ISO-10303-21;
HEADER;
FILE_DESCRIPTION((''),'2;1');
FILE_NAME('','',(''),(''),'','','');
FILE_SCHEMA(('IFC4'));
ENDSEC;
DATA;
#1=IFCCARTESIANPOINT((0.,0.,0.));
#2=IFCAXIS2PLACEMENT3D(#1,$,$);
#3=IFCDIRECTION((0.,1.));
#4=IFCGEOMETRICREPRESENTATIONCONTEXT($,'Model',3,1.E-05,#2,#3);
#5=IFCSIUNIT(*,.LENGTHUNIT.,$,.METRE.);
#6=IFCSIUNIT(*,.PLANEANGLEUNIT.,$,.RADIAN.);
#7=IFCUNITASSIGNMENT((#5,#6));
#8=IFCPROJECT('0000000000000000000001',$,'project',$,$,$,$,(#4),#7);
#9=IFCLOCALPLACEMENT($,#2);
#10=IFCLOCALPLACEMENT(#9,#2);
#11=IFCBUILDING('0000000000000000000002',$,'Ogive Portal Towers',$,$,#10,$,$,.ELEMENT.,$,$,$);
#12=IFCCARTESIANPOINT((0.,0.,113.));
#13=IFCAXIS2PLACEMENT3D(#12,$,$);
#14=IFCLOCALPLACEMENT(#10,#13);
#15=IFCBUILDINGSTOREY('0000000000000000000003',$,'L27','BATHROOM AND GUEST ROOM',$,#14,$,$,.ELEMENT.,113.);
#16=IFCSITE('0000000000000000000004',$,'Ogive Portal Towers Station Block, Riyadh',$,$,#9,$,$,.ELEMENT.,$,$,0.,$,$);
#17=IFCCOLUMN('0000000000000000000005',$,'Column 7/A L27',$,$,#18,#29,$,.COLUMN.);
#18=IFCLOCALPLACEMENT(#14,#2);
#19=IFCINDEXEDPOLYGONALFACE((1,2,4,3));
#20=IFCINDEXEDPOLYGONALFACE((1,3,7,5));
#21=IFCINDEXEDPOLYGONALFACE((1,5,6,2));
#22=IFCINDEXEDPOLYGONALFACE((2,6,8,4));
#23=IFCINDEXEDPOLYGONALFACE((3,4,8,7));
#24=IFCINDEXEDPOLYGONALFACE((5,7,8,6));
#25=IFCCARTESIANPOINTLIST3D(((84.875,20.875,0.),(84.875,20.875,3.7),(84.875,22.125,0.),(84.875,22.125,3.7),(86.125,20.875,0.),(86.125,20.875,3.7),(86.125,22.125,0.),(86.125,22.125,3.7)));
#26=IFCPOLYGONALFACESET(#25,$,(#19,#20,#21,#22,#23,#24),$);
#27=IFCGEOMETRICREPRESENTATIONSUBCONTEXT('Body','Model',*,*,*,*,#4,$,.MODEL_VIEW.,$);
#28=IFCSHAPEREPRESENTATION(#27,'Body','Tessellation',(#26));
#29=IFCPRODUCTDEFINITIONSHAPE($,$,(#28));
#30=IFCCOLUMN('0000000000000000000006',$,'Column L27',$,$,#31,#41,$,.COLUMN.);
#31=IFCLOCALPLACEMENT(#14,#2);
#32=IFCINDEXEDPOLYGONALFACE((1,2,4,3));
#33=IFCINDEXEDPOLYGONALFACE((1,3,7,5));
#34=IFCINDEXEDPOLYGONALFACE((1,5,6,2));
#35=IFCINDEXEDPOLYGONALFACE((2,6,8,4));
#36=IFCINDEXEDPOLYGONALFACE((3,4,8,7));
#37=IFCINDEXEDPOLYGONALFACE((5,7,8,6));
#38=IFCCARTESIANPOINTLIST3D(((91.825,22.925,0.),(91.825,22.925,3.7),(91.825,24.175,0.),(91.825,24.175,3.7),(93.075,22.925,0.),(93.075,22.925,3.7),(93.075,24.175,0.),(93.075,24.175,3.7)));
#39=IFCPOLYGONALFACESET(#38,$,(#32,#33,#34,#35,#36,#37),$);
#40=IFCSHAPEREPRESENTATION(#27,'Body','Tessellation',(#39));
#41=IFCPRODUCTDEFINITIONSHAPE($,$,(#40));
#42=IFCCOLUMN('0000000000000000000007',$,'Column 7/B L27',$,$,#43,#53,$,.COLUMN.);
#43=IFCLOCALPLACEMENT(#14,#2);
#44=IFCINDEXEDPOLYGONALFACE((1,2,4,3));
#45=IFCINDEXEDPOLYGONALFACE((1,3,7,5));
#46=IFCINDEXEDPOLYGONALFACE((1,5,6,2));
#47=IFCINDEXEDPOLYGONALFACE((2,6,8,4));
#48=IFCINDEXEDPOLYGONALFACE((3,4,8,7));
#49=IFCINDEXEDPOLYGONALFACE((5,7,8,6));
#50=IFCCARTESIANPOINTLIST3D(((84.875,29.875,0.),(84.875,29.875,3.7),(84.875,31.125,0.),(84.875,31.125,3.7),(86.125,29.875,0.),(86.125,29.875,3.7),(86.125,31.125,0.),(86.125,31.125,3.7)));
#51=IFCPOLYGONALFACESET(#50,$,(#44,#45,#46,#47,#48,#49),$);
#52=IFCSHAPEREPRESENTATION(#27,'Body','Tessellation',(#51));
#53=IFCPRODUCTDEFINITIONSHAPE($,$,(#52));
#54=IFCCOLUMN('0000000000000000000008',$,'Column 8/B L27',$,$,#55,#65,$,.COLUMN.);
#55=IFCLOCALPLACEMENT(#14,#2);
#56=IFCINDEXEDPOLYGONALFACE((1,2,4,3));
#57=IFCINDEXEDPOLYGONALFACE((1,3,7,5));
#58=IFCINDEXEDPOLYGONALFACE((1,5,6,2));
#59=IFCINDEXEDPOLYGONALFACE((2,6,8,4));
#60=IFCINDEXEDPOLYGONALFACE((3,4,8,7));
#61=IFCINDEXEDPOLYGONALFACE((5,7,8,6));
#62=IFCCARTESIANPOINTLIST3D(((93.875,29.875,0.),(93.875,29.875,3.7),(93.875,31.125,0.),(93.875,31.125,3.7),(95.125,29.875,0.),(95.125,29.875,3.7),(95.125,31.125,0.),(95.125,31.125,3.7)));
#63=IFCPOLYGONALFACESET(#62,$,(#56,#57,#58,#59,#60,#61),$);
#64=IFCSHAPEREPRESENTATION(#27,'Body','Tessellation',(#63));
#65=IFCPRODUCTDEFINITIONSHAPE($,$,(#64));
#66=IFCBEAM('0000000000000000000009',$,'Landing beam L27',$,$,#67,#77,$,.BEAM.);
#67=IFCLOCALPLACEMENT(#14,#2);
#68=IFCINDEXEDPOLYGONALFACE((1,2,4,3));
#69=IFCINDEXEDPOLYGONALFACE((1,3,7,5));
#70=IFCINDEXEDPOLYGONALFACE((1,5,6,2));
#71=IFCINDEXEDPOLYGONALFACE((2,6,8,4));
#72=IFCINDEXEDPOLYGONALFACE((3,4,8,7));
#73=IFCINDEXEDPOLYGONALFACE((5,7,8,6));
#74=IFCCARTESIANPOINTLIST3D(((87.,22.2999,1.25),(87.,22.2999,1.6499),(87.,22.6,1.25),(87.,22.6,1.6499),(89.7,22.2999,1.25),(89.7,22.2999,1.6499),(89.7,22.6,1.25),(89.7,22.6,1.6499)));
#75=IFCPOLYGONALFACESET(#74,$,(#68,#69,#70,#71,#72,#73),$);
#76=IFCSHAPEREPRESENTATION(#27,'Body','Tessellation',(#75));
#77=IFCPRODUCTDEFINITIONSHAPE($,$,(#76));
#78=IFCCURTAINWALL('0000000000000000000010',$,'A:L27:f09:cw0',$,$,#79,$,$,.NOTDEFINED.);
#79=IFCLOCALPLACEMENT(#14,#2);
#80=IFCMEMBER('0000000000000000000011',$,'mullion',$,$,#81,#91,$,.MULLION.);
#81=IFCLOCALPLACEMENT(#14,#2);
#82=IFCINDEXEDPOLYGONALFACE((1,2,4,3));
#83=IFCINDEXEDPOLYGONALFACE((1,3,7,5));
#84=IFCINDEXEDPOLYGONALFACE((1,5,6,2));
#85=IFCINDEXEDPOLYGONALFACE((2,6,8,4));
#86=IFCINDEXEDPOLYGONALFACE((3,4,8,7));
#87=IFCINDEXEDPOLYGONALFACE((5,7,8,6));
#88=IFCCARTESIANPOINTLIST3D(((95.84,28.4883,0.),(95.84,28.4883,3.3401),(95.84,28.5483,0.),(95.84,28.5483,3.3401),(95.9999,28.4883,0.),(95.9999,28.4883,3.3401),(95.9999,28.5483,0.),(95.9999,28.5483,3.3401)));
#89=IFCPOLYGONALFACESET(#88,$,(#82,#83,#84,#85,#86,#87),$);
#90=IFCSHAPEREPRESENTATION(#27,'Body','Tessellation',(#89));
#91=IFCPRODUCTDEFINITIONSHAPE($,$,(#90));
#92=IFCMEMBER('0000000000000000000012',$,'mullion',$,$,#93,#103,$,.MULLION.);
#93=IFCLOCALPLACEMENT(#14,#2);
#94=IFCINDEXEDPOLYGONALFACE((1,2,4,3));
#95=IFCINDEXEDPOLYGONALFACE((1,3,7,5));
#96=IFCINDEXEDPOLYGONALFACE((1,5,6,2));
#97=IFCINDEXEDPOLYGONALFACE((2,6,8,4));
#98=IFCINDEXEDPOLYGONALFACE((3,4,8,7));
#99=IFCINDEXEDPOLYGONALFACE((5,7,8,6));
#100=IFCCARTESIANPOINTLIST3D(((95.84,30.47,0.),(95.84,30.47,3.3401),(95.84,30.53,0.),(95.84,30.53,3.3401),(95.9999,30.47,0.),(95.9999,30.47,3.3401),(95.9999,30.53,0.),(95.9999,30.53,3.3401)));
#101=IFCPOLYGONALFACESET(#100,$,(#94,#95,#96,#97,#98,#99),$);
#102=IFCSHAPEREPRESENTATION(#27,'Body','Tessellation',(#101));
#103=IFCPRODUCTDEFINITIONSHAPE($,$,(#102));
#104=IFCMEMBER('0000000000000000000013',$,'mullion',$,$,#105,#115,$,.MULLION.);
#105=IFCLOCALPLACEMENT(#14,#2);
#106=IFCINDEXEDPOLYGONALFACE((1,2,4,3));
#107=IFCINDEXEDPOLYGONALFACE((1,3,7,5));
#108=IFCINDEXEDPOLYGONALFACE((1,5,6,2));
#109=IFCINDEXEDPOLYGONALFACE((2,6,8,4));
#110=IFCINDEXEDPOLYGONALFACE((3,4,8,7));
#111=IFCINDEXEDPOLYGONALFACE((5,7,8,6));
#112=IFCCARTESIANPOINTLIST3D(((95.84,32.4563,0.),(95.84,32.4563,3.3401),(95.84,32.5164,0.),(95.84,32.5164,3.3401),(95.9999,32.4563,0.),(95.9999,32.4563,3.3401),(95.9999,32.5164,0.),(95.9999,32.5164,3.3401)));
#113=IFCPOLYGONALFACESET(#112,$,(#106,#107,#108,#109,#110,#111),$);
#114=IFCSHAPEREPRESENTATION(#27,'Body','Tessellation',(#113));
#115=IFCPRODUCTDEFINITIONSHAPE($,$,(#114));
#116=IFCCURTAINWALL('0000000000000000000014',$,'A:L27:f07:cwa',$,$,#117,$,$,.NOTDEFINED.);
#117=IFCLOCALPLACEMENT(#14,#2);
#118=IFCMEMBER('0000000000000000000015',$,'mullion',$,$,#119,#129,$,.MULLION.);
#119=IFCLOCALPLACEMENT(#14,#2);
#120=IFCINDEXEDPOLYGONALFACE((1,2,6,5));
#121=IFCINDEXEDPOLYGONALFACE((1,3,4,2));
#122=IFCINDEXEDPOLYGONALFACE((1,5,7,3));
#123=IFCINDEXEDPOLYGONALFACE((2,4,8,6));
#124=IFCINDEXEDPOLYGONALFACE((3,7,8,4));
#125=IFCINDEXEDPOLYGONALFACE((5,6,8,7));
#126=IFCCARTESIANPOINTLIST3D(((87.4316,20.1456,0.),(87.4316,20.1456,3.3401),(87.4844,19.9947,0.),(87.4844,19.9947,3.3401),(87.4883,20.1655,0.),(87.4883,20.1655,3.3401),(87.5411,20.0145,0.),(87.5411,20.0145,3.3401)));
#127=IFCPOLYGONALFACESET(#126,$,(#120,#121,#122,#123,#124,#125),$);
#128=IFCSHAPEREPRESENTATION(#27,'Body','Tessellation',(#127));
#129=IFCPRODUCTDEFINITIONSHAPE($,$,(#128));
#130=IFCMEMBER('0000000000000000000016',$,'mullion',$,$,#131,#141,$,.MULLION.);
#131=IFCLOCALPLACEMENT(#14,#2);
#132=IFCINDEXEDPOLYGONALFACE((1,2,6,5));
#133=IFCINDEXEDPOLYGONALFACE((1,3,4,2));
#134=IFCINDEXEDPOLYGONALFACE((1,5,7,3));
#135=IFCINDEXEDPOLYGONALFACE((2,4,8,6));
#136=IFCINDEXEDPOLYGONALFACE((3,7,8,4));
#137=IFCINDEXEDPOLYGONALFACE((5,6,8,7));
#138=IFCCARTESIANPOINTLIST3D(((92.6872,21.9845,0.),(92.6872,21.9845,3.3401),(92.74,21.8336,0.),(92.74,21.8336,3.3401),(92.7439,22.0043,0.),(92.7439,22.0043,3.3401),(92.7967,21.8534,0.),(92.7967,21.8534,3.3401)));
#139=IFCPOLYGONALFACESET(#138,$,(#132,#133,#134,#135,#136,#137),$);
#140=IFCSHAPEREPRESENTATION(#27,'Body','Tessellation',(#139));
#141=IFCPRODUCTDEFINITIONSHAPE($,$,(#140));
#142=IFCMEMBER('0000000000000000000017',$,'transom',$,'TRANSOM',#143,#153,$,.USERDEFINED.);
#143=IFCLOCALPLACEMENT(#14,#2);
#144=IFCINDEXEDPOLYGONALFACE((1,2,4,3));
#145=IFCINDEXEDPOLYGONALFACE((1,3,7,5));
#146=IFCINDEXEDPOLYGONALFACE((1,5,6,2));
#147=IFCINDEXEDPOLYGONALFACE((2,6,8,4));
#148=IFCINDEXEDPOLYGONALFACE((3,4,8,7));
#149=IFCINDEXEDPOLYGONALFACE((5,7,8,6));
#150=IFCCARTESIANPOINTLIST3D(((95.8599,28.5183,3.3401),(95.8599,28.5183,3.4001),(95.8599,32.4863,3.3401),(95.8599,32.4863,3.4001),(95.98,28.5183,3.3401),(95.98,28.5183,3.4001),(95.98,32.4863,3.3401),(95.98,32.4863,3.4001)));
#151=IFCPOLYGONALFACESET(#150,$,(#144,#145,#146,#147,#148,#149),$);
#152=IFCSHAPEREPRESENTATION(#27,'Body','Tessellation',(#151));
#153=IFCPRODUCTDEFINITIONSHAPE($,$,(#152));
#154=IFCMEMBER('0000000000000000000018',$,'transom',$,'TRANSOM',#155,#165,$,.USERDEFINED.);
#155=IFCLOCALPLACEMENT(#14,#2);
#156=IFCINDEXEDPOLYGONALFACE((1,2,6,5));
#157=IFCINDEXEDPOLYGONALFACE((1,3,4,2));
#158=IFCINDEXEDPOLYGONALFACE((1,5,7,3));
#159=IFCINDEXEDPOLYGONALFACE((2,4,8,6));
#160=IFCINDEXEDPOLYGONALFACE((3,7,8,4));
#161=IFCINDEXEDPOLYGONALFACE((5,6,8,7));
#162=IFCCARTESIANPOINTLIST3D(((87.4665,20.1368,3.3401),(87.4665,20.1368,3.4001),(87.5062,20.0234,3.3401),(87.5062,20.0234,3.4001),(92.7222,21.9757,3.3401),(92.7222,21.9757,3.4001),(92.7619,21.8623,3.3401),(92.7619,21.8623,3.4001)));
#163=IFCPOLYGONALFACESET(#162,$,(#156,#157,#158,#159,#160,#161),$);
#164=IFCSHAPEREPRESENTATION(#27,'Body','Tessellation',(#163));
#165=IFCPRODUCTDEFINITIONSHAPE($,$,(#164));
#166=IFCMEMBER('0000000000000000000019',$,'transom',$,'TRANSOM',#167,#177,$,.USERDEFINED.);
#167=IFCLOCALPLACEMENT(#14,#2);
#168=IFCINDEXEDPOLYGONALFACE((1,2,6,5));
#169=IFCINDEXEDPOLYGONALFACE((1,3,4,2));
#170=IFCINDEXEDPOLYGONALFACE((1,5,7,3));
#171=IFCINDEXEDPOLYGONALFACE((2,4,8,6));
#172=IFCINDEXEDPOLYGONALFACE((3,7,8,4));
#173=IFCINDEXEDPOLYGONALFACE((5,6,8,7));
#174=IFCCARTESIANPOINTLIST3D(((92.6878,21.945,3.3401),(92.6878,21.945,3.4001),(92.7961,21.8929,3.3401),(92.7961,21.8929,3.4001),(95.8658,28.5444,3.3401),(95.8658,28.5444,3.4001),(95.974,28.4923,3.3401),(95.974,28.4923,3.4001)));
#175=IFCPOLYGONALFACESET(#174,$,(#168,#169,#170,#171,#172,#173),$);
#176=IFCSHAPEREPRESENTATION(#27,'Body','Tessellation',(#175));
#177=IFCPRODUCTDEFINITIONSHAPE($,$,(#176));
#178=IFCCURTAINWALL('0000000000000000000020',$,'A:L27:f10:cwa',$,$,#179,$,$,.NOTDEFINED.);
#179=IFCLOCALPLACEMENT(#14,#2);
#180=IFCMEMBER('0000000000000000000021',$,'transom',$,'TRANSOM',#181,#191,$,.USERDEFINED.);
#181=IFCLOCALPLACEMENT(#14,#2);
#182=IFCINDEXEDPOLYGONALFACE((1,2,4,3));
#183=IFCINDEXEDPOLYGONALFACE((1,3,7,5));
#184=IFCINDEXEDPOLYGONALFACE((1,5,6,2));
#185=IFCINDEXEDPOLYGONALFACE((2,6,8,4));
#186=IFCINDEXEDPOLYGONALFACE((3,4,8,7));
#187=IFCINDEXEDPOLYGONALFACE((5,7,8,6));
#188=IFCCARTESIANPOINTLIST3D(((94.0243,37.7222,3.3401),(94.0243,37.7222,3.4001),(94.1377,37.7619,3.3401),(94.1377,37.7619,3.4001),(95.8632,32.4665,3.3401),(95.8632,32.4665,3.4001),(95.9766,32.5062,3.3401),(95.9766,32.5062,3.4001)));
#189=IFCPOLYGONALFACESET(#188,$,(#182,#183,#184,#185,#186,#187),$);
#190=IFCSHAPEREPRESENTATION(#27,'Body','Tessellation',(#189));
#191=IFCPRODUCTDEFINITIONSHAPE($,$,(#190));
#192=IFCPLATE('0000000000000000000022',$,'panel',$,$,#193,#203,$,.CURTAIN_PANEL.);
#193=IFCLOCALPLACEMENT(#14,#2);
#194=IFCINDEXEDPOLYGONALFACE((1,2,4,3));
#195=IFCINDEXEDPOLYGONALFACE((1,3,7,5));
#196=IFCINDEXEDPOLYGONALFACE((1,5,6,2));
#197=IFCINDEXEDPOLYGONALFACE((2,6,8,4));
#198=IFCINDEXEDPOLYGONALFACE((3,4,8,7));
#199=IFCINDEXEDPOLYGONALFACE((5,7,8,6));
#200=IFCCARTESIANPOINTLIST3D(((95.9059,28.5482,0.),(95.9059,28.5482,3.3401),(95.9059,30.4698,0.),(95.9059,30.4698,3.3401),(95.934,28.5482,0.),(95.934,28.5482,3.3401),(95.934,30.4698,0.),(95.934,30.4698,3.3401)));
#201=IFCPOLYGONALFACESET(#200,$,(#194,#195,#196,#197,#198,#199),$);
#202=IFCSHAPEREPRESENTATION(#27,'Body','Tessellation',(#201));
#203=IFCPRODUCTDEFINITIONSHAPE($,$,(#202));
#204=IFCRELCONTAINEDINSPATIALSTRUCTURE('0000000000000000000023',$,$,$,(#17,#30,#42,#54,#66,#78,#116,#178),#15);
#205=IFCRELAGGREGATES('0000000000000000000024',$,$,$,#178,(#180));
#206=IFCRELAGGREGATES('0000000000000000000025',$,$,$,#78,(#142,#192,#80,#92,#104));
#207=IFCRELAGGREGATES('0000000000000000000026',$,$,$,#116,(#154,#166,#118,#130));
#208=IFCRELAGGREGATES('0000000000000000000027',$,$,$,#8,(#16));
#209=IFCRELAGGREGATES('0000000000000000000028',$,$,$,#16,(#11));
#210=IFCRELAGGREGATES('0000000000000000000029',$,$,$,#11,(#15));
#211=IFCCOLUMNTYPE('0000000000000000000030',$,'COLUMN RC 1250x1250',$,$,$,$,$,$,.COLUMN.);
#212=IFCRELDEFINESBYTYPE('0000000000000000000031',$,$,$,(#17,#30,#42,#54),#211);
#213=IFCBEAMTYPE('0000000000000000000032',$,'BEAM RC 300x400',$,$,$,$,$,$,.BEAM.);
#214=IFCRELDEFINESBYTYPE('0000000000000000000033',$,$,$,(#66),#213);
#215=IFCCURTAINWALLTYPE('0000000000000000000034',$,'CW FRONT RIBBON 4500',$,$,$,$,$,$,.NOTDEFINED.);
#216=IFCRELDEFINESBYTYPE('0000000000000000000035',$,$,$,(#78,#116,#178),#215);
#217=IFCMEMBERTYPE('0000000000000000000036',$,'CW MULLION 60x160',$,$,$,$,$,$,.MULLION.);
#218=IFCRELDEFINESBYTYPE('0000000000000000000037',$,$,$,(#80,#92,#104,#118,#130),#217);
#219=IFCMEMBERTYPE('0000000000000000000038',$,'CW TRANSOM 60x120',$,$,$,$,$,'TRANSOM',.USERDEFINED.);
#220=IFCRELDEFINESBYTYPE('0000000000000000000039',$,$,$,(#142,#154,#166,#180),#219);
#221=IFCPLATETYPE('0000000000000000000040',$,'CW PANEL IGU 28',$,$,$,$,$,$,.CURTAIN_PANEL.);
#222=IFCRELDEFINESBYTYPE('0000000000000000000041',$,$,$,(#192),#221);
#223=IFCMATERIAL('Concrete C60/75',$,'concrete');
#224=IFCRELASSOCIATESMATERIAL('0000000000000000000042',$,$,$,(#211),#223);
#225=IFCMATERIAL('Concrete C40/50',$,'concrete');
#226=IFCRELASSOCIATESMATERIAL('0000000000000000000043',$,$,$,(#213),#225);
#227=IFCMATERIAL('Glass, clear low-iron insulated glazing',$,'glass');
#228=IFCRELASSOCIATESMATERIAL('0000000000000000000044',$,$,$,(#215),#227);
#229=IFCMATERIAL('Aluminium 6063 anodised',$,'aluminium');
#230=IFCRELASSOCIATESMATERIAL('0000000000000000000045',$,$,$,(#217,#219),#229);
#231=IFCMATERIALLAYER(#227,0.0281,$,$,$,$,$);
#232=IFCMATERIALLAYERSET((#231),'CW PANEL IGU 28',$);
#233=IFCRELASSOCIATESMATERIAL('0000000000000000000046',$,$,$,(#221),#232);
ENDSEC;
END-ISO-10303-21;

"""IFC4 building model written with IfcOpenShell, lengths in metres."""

from ifc_helpers import new_model, si_unit, direction, frame, origin, origin_2d, place, context, subcontext, project, spatial, rectangle, extrude, material, layer, layer_set, material_profile, profile_set, type_object, element, aggregate, save


model = new_model("IFC4")

# Units and contexts
model_context = context("Model", 3, precision=1e-05, world=origin(), true_north=direction((0.0, 1.0)))
body_context = subcontext(model_context, "Body", "Model", "MODEL_VIEW")
ifc_project = project(units=[si_unit("LENGTHUNIT", "METRE"), si_unit("PLANEANGLEUNIT", "RADIAN")], contexts=[model_context])

# Site, building, storey
site_placement = place(None, origin())
site = spatial("IfcSite", under=ifc_project, at=site_placement, Name="Ogive Portal Towers Station Block, Riyadh", CompositionType="ELEMENT", RefElevation=0.0)
building_placement = place(site_placement, origin())
building = spatial("IfcBuilding", under=site, at=building_placement, Name="Ogive Portal Towers", CompositionType="ELEMENT")
storey_placement = place(building_placement, frame((0.0, 0.0, 113.0)))
storey = spatial("IfcBuildingStorey", under=building, at=storey_placement, Name="L27", Description="BATHROOM AND GUEST ROOM", CompositionType="ELEMENT", Elevation=113.0)

# Columns
ifc_material_1 = material(Name="Concrete C60/75", Category="concrete")
ifc_material_profile_1 = material_profile(ifc_material_1, rectangle(XDim=1.25, YDim=1.25, at=origin_2d()), Name="RC 1250x1250")
ifc_profile_set_1 = profile_set([ifc_material_profile_1], Name="Concrete C60/75")
column_type = type_object("IfcColumnType", Name="COLUMN RC 1250x1250", PredefinedType="COLUMN", material=ifc_profile_set_1)
for number, where, z_axis, x_axis, name in (
    (1, (85.5, 21.5, 0.0), (0.0, 0.0, 1.0), (1.0, 0.0, 0.0), "Column 7/A L27"),
    (2, (92.45, 23.55, 0.0), (0.0, 0.0, 1.0), (1.0, 0.0, 0.0), "Column L27"),
    (3, (85.5, 30.5, 0.0), (0.0, 0.0, 1.0), (1.0, 0.0, 0.0), "Column 7/B L27"),
    (4, (94.5, 30.5, 0.0), (0.0, 0.0, 1.0), (1.0, 0.0, 0.0), "Column 8/B L27"),
):
    element("IfcColumn", number, at=place(storey_placement, frame(where, z_axis=z_axis, x_axis=x_axis)), inside=storey, type_object=column_type, Name=name, PredefinedType="COLUMN", context=body_context, shape_type="SweptSolid", body=[
        extrude(rectangle(XDim=1.25, YDim=1.25, at=origin_2d()), origin(), (0.0, 0.0, 1.0), 3.7),
    ])

# Beam
ifc_material_2 = material(Name="Concrete C40/50", Category="concrete")
ifc_material_profile_2 = material_profile(ifc_material_2, rectangle(XDim=0.3, YDim=0.3999, at=origin_2d()), Name="RC 300x400")
ifc_profile_set_2 = profile_set([ifc_material_profile_2], Name="Concrete C40/50")
beam_type = type_object("IfcBeamType", Name="BEAM RC 300x400", PredefinedType="BEAM", material=ifc_profile_set_2)
beam_placement = place(storey_placement, frame((87.0, 22.45, 1.45), z_axis=(1.0, 0.0, 0.0), x_axis=(0.0, 1.0, 0.0)))
element("IfcBeam", 5, at=beam_placement, inside=storey, type_object=beam_type, Name="Landing beam L27", PredefinedType="BEAM", context=body_context, shape_type="SweptSolid", body=[
    extrude(rectangle(XDim=0.3, YDim=0.3999, at=origin_2d()), origin(), (0.0, 0.0, 1.0), 2.7),
])

# Curtain walls, members
ifc_material_3 = material(Name="Glass, clear low-iron insulated glazing", Category="glass")
curtain_wall_type = type_object("IfcCurtainWallType", Name="CW FRONT RIBBON 4500", PredefinedType="NOTDEFINED", material=ifc_material_3)
curtain_wall_1_placement = place(storey_placement, origin())
curtain_wall_1 = element("IfcCurtainWall", 6, at=curtain_wall_1_placement, inside=storey, type_object=curtain_wall_type, Name="A:L27:f09:cw0", PredefinedType="NOTDEFINED")
ifc_material_4 = material(Name="Aluminium 6063 anodised", Category="aluminium")
ifc_material_profile_3 = material_profile(ifc_material_4, rectangle(XDim=0.1599, YDim=0.0601, at=origin_2d()), Name="AL 60x160")
ifc_profile_set_3 = profile_set([ifc_material_profile_3], Name="Aluminium 6063 anodised")
member_type_1 = type_object("IfcMemberType", Name="CW MULLION 60x160", PredefinedType="MULLION", material=ifc_profile_set_3)
member_1_placement = place(storey_placement, frame((95.9199, 28.5183, 0.0), z_axis=(0.0, 0.0, 1.0), x_axis=(-1.0, 0.0, 0.0)))
member_1 = element("IfcMember", 7, at=member_1_placement, type_object=member_type_1, Name="mullion", PredefinedType="MULLION", context=body_context, shape_type="SweptSolid", body=[
    extrude(rectangle(XDim=0.1599, YDim=0.0601, at=origin_2d()), origin(), (0.0, 0.0, 1.0), 3.3401),
])
member_2_placement = place(storey_placement, frame((95.9199, 30.5, 0.0), z_axis=(0.0, 0.0, 1.0), x_axis=(-1.0, 0.0, 0.0)))
member_2 = element("IfcMember", 8, at=member_2_placement, type_object=member_type_1, Name="mullion", PredefinedType="MULLION", context=body_context, shape_type="SweptSolid", body=[
    extrude(rectangle(XDim=0.1599, YDim=0.0601, at=origin_2d()), origin(), (0.0, 0.0, 1.0), 3.3401),
])
member_3_placement = place(storey_placement, frame((95.9199, 32.4863, 0.0), z_axis=(0.0, 0.0, 1.0), x_axis=(-1.0, 0.0, 0.0)))
member_3 = element("IfcMember", 9, at=member_3_placement, type_object=member_type_1, Name="mullion", PredefinedType="MULLION", context=body_context, shape_type="SweptSolid", body=[
    extrude(rectangle(XDim=0.1599, YDim=0.0601, at=origin_2d()), origin(), (0.0, 0.0, 1.0), 3.3401),
])
curtain_wall_2_placement = place(storey_placement, origin())
curtain_wall_2 = element("IfcCurtainWall", 10, at=curtain_wall_2_placement, inside=storey, type_object=curtain_wall_type, Name="A:L27:f07:cwa", PredefinedType="NOTDEFINED")
member_4_placement = place(storey_placement, frame((87.4863, 20.0801, 0.0), z_axis=(0.0, 0.0, 1.0), x_axis=(-0.330279, 0.943883, 0.0)))
member_4 = element("IfcMember", 11, at=member_4_placement, type_object=member_type_1, Name="mullion", PredefinedType="MULLION", context=body_context, shape_type="SweptSolid", body=[
    extrude(rectangle(XDim=0.1599, YDim=0.0601, at=origin_2d()), origin(), (0.0, 0.0, 1.0), 3.3401),
])
member_5_placement = place(storey_placement, frame((92.7419, 21.9189, 0.0), z_axis=(0.0, 0.0, 1.0), x_axis=(-0.330279, 0.943883, 0.0)))
member_5 = element("IfcMember", 12, at=member_5_placement, type_object=member_type_1, Name="mullion", PredefinedType="MULLION", context=body_context, shape_type="SweptSolid", body=[
    extrude(rectangle(XDim=0.1599, YDim=0.0601, at=origin_2d()), origin(), (0.0, 0.0, 1.0), 3.3401),
])

# Members
ifc_material_profile_4 = material_profile(ifc_material_4, rectangle(XDim=0.1201, YDim=0.0601, at=origin_2d()), Name="AL 120x60")
ifc_profile_set_4 = profile_set([ifc_material_profile_4], Name="Aluminium 6063 anodised")
member_type_2 = type_object("IfcMemberType", Name="CW TRANSOM 60x120", ElementType="TRANSOM", PredefinedType="USERDEFINED", material=ifc_profile_set_4)
member_6_placement = place(storey_placement, frame((95.9199, 28.5183, 3.3701), z_axis=(0.0, 1.0, 0.0), x_axis=(-1.0, 0.0, 0.0)))
member_6 = element("IfcMember", 13, at=member_6_placement, type_object=member_type_2, Name="transom", ObjectType="TRANSOM", PredefinedType="USERDEFINED", context=body_context, shape_type="SweptSolid", body=[
    extrude(rectangle(XDim=0.1201, YDim=0.0601, at=origin_2d()), origin(), (0.0, 0.0, 1.0), 3.968),
])
member_7_placement = place(storey_placement, frame((87.4863, 20.0801, 3.3701), z_axis=(0.943892, 0.330255, 0.0), x_axis=(-0.330255, 0.943892, 0.0)))
member_7 = element("IfcMember", 14, at=member_7_placement, type_object=member_type_2, Name="transom", ObjectType="TRANSOM", PredefinedType="USERDEFINED", context=body_context, shape_type="SweptSolid", body=[
    extrude(rectangle(XDim=0.1201, YDim=0.0601, at=origin_2d()), origin(), (0.0, 0.0, 1.0), 5.5681),
])
member_8_placement = place(storey_placement, frame((92.7419, 21.9189, 3.3701), z_axis=(0.433872, 0.900975, 0.0), x_axis=(-0.900975, 0.433872, 0.0)))
member_8 = element("IfcMember", 15, at=member_8_placement, type_object=member_type_2, Name="transom", ObjectType="TRANSOM", PredefinedType="USERDEFINED", context=body_context, shape_type="SweptSolid", body=[
    extrude(rectangle(XDim=0.1201, YDim=0.0601, at=origin_2d()), origin(), (0.0, 0.0, 1.0), 7.3247),
])

# Curtain wall, member
curtain_wall_3_placement = place(storey_placement, origin())
curtain_wall_3 = element("IfcCurtainWall", 16, at=curtain_wall_3_placement, inside=storey, type_object=curtain_wall_type, Name="A:L27:f10:cwa", PredefinedType="NOTDEFINED")
member_9_placement = place(storey_placement, frame((95.9199, 32.4863, 3.3701), z_axis=(-0.330255, 0.943892, 0.0), x_axis=(-0.943892, -0.330255, 0.0)))
member_9 = element("IfcMember", 17, at=member_9_placement, type_object=member_type_2, Name="transom", ObjectType="TRANSOM", PredefinedType="USERDEFINED", context=body_context, shape_type="SweptSolid", body=[
    extrude(rectangle(XDim=0.1201, YDim=0.0601, at=origin_2d()), origin(), (0.0, 0.0, 1.0), 5.5681),
])
aggregate(curtain_wall_3, [member_9])

# Plate
ifc_layer_1 = layer(ifc_material_3, 0.0281)
ifc_layer_set_1 = layer_set([ifc_layer_1], Name="CW PANEL IGU 28")
plate_type = type_object("IfcPlateType", Name="CW PANEL IGU 28", PredefinedType="CURTAIN_PANEL", material=ifc_layer_set_1)
plate_1_placement = place(storey_placement, frame((95.9199, 29.509, 0.0), z_axis=(0.0, 0.0, 1.0), x_axis=(0.0, 1.0, 0.0)))
plate_1 = element("IfcPlate", 18, at=plate_1_placement, type_object=plate_type, Name="panel", PredefinedType="CURTAIN_PANEL", context=body_context, shape_type="SweptSolid", body=[
    extrude(rectangle(XDim=1.9216, YDim=0.0281, at=origin_2d()), origin(), (0.0, 0.0, 1.0), 3.3401),
])
aggregate(curtain_wall_1, [member_6, plate_1, member_1, member_2, member_3])
aggregate(curtain_wall_2, [member_7, member_8, member_4, member_5])

save(model, "model.ifc")
